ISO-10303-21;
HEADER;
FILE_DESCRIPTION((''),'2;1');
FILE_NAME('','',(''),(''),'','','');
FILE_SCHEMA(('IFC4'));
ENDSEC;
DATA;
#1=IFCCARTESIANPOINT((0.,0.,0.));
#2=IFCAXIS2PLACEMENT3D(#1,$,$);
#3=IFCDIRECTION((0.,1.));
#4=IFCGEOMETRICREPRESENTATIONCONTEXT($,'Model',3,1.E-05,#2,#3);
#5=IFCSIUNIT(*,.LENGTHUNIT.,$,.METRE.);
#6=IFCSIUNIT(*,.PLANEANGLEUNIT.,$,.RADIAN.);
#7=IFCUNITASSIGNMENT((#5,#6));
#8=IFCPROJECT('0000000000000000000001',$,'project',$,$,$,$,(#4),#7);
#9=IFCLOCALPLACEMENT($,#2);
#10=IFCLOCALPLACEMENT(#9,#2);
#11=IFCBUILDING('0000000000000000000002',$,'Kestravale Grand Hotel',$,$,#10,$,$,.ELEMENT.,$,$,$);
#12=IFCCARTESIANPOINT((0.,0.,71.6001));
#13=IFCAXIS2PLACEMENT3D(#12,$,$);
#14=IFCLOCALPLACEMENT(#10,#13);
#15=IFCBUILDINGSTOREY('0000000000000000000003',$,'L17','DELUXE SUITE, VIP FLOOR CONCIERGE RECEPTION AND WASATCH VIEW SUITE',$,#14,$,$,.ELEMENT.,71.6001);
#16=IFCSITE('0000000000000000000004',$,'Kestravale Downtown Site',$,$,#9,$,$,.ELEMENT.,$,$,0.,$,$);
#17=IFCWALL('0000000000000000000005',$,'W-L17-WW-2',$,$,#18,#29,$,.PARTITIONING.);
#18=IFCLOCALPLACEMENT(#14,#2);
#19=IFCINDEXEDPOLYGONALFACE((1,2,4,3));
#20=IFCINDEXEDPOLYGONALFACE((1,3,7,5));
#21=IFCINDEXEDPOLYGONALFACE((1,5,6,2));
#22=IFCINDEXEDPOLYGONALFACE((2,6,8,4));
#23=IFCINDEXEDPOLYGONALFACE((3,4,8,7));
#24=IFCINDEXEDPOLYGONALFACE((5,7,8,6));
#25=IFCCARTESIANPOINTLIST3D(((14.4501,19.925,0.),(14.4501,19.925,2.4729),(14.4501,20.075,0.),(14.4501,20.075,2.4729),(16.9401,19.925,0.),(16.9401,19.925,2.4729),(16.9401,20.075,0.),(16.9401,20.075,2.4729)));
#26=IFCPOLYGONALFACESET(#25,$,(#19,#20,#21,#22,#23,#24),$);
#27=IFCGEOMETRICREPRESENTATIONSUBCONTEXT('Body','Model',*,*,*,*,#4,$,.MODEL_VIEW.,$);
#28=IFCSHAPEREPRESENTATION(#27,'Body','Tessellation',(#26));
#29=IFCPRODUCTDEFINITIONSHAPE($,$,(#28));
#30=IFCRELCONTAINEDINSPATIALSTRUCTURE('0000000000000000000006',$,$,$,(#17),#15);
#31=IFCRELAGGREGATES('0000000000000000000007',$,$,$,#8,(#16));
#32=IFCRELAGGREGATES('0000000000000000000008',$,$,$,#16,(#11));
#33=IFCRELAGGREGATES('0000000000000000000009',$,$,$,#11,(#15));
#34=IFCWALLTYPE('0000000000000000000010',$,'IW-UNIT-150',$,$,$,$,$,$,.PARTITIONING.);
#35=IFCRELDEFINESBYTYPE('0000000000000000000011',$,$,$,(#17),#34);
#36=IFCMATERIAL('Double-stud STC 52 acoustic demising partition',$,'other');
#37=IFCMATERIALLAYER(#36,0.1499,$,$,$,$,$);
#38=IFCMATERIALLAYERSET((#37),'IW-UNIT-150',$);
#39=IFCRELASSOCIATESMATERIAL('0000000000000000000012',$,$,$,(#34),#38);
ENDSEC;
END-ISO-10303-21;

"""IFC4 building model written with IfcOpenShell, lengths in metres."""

from ifc_helpers import new_model, si_unit, direction, frame, frame_2d, origin, place, context, subcontext, project, spatial, rectangle, extrude, material, layer, layer_set, type_object, element, save


model = new_model("IFC4")

# Units and contexts
model_context = context("Model", 3, precision=1e-05, world=origin(), true_north=direction((0.0, 1.0)))
body_context = subcontext(model_context, "Body", "Model", "MODEL_VIEW")
ifc_project = project(units=[si_unit("LENGTHUNIT", "METRE"), si_unit("PLANEANGLEUNIT", "RADIAN")], contexts=[model_context])

# Site, building, storey
site_placement = place(None, origin())
site = spatial("IfcSite", under=ifc_project, at=site_placement, Name="Kestravale Downtown Site", CompositionType="ELEMENT", RefElevation=0.0)
building_placement = place(site_placement, origin())
building = spatial("IfcBuilding", under=site, at=building_placement, Name="Kestravale Grand Hotel", CompositionType="ELEMENT")
storey_placement = place(building_placement, frame((0.0, 0.0, 71.6001)))
storey = spatial("IfcBuildingStorey", under=building, at=storey_placement, Name="L17", Description="DELUXE SUITE, VIP FLOOR CONCIERGE RECEPTION AND WASATCH VIEW SUITE", CompositionType="ELEMENT", Elevation=71.6001)

# Wall
ifc_material_1 = material(Name="Double-stud STC 52 acoustic demising partition", Category="other")
ifc_layer_1 = layer(ifc_material_1, 0.1499)
ifc_layer_set_1 = layer_set([ifc_layer_1], Name="IW-UNIT-150")
wall_type_1 = type_object("IfcWallType", Name="IW-UNIT-150", PredefinedType="PARTITIONING", material=ifc_layer_set_1)
wall_1_placement = place(storey_placement, frame((14.45, 20.0, 0.0), z_axis=(0.0, 0.0, 1.0), x_axis=(1.0, 0.0, 0.0)))
element("IfcWall", 1, at=wall_1_placement, inside=storey, type_object=wall_type_1, Name="W-L17-WW-2", PredefinedType="PARTITIONING", context=body_context, shape_type="SweptSolid", body=[
    extrude(rectangle(XDim=2.49, YDim=0.1499, at=frame_2d((1.2451, 0.0))), origin(), (0.0, 0.0, 1.0), 2.4729),
])

save(model, "model.ifc")
